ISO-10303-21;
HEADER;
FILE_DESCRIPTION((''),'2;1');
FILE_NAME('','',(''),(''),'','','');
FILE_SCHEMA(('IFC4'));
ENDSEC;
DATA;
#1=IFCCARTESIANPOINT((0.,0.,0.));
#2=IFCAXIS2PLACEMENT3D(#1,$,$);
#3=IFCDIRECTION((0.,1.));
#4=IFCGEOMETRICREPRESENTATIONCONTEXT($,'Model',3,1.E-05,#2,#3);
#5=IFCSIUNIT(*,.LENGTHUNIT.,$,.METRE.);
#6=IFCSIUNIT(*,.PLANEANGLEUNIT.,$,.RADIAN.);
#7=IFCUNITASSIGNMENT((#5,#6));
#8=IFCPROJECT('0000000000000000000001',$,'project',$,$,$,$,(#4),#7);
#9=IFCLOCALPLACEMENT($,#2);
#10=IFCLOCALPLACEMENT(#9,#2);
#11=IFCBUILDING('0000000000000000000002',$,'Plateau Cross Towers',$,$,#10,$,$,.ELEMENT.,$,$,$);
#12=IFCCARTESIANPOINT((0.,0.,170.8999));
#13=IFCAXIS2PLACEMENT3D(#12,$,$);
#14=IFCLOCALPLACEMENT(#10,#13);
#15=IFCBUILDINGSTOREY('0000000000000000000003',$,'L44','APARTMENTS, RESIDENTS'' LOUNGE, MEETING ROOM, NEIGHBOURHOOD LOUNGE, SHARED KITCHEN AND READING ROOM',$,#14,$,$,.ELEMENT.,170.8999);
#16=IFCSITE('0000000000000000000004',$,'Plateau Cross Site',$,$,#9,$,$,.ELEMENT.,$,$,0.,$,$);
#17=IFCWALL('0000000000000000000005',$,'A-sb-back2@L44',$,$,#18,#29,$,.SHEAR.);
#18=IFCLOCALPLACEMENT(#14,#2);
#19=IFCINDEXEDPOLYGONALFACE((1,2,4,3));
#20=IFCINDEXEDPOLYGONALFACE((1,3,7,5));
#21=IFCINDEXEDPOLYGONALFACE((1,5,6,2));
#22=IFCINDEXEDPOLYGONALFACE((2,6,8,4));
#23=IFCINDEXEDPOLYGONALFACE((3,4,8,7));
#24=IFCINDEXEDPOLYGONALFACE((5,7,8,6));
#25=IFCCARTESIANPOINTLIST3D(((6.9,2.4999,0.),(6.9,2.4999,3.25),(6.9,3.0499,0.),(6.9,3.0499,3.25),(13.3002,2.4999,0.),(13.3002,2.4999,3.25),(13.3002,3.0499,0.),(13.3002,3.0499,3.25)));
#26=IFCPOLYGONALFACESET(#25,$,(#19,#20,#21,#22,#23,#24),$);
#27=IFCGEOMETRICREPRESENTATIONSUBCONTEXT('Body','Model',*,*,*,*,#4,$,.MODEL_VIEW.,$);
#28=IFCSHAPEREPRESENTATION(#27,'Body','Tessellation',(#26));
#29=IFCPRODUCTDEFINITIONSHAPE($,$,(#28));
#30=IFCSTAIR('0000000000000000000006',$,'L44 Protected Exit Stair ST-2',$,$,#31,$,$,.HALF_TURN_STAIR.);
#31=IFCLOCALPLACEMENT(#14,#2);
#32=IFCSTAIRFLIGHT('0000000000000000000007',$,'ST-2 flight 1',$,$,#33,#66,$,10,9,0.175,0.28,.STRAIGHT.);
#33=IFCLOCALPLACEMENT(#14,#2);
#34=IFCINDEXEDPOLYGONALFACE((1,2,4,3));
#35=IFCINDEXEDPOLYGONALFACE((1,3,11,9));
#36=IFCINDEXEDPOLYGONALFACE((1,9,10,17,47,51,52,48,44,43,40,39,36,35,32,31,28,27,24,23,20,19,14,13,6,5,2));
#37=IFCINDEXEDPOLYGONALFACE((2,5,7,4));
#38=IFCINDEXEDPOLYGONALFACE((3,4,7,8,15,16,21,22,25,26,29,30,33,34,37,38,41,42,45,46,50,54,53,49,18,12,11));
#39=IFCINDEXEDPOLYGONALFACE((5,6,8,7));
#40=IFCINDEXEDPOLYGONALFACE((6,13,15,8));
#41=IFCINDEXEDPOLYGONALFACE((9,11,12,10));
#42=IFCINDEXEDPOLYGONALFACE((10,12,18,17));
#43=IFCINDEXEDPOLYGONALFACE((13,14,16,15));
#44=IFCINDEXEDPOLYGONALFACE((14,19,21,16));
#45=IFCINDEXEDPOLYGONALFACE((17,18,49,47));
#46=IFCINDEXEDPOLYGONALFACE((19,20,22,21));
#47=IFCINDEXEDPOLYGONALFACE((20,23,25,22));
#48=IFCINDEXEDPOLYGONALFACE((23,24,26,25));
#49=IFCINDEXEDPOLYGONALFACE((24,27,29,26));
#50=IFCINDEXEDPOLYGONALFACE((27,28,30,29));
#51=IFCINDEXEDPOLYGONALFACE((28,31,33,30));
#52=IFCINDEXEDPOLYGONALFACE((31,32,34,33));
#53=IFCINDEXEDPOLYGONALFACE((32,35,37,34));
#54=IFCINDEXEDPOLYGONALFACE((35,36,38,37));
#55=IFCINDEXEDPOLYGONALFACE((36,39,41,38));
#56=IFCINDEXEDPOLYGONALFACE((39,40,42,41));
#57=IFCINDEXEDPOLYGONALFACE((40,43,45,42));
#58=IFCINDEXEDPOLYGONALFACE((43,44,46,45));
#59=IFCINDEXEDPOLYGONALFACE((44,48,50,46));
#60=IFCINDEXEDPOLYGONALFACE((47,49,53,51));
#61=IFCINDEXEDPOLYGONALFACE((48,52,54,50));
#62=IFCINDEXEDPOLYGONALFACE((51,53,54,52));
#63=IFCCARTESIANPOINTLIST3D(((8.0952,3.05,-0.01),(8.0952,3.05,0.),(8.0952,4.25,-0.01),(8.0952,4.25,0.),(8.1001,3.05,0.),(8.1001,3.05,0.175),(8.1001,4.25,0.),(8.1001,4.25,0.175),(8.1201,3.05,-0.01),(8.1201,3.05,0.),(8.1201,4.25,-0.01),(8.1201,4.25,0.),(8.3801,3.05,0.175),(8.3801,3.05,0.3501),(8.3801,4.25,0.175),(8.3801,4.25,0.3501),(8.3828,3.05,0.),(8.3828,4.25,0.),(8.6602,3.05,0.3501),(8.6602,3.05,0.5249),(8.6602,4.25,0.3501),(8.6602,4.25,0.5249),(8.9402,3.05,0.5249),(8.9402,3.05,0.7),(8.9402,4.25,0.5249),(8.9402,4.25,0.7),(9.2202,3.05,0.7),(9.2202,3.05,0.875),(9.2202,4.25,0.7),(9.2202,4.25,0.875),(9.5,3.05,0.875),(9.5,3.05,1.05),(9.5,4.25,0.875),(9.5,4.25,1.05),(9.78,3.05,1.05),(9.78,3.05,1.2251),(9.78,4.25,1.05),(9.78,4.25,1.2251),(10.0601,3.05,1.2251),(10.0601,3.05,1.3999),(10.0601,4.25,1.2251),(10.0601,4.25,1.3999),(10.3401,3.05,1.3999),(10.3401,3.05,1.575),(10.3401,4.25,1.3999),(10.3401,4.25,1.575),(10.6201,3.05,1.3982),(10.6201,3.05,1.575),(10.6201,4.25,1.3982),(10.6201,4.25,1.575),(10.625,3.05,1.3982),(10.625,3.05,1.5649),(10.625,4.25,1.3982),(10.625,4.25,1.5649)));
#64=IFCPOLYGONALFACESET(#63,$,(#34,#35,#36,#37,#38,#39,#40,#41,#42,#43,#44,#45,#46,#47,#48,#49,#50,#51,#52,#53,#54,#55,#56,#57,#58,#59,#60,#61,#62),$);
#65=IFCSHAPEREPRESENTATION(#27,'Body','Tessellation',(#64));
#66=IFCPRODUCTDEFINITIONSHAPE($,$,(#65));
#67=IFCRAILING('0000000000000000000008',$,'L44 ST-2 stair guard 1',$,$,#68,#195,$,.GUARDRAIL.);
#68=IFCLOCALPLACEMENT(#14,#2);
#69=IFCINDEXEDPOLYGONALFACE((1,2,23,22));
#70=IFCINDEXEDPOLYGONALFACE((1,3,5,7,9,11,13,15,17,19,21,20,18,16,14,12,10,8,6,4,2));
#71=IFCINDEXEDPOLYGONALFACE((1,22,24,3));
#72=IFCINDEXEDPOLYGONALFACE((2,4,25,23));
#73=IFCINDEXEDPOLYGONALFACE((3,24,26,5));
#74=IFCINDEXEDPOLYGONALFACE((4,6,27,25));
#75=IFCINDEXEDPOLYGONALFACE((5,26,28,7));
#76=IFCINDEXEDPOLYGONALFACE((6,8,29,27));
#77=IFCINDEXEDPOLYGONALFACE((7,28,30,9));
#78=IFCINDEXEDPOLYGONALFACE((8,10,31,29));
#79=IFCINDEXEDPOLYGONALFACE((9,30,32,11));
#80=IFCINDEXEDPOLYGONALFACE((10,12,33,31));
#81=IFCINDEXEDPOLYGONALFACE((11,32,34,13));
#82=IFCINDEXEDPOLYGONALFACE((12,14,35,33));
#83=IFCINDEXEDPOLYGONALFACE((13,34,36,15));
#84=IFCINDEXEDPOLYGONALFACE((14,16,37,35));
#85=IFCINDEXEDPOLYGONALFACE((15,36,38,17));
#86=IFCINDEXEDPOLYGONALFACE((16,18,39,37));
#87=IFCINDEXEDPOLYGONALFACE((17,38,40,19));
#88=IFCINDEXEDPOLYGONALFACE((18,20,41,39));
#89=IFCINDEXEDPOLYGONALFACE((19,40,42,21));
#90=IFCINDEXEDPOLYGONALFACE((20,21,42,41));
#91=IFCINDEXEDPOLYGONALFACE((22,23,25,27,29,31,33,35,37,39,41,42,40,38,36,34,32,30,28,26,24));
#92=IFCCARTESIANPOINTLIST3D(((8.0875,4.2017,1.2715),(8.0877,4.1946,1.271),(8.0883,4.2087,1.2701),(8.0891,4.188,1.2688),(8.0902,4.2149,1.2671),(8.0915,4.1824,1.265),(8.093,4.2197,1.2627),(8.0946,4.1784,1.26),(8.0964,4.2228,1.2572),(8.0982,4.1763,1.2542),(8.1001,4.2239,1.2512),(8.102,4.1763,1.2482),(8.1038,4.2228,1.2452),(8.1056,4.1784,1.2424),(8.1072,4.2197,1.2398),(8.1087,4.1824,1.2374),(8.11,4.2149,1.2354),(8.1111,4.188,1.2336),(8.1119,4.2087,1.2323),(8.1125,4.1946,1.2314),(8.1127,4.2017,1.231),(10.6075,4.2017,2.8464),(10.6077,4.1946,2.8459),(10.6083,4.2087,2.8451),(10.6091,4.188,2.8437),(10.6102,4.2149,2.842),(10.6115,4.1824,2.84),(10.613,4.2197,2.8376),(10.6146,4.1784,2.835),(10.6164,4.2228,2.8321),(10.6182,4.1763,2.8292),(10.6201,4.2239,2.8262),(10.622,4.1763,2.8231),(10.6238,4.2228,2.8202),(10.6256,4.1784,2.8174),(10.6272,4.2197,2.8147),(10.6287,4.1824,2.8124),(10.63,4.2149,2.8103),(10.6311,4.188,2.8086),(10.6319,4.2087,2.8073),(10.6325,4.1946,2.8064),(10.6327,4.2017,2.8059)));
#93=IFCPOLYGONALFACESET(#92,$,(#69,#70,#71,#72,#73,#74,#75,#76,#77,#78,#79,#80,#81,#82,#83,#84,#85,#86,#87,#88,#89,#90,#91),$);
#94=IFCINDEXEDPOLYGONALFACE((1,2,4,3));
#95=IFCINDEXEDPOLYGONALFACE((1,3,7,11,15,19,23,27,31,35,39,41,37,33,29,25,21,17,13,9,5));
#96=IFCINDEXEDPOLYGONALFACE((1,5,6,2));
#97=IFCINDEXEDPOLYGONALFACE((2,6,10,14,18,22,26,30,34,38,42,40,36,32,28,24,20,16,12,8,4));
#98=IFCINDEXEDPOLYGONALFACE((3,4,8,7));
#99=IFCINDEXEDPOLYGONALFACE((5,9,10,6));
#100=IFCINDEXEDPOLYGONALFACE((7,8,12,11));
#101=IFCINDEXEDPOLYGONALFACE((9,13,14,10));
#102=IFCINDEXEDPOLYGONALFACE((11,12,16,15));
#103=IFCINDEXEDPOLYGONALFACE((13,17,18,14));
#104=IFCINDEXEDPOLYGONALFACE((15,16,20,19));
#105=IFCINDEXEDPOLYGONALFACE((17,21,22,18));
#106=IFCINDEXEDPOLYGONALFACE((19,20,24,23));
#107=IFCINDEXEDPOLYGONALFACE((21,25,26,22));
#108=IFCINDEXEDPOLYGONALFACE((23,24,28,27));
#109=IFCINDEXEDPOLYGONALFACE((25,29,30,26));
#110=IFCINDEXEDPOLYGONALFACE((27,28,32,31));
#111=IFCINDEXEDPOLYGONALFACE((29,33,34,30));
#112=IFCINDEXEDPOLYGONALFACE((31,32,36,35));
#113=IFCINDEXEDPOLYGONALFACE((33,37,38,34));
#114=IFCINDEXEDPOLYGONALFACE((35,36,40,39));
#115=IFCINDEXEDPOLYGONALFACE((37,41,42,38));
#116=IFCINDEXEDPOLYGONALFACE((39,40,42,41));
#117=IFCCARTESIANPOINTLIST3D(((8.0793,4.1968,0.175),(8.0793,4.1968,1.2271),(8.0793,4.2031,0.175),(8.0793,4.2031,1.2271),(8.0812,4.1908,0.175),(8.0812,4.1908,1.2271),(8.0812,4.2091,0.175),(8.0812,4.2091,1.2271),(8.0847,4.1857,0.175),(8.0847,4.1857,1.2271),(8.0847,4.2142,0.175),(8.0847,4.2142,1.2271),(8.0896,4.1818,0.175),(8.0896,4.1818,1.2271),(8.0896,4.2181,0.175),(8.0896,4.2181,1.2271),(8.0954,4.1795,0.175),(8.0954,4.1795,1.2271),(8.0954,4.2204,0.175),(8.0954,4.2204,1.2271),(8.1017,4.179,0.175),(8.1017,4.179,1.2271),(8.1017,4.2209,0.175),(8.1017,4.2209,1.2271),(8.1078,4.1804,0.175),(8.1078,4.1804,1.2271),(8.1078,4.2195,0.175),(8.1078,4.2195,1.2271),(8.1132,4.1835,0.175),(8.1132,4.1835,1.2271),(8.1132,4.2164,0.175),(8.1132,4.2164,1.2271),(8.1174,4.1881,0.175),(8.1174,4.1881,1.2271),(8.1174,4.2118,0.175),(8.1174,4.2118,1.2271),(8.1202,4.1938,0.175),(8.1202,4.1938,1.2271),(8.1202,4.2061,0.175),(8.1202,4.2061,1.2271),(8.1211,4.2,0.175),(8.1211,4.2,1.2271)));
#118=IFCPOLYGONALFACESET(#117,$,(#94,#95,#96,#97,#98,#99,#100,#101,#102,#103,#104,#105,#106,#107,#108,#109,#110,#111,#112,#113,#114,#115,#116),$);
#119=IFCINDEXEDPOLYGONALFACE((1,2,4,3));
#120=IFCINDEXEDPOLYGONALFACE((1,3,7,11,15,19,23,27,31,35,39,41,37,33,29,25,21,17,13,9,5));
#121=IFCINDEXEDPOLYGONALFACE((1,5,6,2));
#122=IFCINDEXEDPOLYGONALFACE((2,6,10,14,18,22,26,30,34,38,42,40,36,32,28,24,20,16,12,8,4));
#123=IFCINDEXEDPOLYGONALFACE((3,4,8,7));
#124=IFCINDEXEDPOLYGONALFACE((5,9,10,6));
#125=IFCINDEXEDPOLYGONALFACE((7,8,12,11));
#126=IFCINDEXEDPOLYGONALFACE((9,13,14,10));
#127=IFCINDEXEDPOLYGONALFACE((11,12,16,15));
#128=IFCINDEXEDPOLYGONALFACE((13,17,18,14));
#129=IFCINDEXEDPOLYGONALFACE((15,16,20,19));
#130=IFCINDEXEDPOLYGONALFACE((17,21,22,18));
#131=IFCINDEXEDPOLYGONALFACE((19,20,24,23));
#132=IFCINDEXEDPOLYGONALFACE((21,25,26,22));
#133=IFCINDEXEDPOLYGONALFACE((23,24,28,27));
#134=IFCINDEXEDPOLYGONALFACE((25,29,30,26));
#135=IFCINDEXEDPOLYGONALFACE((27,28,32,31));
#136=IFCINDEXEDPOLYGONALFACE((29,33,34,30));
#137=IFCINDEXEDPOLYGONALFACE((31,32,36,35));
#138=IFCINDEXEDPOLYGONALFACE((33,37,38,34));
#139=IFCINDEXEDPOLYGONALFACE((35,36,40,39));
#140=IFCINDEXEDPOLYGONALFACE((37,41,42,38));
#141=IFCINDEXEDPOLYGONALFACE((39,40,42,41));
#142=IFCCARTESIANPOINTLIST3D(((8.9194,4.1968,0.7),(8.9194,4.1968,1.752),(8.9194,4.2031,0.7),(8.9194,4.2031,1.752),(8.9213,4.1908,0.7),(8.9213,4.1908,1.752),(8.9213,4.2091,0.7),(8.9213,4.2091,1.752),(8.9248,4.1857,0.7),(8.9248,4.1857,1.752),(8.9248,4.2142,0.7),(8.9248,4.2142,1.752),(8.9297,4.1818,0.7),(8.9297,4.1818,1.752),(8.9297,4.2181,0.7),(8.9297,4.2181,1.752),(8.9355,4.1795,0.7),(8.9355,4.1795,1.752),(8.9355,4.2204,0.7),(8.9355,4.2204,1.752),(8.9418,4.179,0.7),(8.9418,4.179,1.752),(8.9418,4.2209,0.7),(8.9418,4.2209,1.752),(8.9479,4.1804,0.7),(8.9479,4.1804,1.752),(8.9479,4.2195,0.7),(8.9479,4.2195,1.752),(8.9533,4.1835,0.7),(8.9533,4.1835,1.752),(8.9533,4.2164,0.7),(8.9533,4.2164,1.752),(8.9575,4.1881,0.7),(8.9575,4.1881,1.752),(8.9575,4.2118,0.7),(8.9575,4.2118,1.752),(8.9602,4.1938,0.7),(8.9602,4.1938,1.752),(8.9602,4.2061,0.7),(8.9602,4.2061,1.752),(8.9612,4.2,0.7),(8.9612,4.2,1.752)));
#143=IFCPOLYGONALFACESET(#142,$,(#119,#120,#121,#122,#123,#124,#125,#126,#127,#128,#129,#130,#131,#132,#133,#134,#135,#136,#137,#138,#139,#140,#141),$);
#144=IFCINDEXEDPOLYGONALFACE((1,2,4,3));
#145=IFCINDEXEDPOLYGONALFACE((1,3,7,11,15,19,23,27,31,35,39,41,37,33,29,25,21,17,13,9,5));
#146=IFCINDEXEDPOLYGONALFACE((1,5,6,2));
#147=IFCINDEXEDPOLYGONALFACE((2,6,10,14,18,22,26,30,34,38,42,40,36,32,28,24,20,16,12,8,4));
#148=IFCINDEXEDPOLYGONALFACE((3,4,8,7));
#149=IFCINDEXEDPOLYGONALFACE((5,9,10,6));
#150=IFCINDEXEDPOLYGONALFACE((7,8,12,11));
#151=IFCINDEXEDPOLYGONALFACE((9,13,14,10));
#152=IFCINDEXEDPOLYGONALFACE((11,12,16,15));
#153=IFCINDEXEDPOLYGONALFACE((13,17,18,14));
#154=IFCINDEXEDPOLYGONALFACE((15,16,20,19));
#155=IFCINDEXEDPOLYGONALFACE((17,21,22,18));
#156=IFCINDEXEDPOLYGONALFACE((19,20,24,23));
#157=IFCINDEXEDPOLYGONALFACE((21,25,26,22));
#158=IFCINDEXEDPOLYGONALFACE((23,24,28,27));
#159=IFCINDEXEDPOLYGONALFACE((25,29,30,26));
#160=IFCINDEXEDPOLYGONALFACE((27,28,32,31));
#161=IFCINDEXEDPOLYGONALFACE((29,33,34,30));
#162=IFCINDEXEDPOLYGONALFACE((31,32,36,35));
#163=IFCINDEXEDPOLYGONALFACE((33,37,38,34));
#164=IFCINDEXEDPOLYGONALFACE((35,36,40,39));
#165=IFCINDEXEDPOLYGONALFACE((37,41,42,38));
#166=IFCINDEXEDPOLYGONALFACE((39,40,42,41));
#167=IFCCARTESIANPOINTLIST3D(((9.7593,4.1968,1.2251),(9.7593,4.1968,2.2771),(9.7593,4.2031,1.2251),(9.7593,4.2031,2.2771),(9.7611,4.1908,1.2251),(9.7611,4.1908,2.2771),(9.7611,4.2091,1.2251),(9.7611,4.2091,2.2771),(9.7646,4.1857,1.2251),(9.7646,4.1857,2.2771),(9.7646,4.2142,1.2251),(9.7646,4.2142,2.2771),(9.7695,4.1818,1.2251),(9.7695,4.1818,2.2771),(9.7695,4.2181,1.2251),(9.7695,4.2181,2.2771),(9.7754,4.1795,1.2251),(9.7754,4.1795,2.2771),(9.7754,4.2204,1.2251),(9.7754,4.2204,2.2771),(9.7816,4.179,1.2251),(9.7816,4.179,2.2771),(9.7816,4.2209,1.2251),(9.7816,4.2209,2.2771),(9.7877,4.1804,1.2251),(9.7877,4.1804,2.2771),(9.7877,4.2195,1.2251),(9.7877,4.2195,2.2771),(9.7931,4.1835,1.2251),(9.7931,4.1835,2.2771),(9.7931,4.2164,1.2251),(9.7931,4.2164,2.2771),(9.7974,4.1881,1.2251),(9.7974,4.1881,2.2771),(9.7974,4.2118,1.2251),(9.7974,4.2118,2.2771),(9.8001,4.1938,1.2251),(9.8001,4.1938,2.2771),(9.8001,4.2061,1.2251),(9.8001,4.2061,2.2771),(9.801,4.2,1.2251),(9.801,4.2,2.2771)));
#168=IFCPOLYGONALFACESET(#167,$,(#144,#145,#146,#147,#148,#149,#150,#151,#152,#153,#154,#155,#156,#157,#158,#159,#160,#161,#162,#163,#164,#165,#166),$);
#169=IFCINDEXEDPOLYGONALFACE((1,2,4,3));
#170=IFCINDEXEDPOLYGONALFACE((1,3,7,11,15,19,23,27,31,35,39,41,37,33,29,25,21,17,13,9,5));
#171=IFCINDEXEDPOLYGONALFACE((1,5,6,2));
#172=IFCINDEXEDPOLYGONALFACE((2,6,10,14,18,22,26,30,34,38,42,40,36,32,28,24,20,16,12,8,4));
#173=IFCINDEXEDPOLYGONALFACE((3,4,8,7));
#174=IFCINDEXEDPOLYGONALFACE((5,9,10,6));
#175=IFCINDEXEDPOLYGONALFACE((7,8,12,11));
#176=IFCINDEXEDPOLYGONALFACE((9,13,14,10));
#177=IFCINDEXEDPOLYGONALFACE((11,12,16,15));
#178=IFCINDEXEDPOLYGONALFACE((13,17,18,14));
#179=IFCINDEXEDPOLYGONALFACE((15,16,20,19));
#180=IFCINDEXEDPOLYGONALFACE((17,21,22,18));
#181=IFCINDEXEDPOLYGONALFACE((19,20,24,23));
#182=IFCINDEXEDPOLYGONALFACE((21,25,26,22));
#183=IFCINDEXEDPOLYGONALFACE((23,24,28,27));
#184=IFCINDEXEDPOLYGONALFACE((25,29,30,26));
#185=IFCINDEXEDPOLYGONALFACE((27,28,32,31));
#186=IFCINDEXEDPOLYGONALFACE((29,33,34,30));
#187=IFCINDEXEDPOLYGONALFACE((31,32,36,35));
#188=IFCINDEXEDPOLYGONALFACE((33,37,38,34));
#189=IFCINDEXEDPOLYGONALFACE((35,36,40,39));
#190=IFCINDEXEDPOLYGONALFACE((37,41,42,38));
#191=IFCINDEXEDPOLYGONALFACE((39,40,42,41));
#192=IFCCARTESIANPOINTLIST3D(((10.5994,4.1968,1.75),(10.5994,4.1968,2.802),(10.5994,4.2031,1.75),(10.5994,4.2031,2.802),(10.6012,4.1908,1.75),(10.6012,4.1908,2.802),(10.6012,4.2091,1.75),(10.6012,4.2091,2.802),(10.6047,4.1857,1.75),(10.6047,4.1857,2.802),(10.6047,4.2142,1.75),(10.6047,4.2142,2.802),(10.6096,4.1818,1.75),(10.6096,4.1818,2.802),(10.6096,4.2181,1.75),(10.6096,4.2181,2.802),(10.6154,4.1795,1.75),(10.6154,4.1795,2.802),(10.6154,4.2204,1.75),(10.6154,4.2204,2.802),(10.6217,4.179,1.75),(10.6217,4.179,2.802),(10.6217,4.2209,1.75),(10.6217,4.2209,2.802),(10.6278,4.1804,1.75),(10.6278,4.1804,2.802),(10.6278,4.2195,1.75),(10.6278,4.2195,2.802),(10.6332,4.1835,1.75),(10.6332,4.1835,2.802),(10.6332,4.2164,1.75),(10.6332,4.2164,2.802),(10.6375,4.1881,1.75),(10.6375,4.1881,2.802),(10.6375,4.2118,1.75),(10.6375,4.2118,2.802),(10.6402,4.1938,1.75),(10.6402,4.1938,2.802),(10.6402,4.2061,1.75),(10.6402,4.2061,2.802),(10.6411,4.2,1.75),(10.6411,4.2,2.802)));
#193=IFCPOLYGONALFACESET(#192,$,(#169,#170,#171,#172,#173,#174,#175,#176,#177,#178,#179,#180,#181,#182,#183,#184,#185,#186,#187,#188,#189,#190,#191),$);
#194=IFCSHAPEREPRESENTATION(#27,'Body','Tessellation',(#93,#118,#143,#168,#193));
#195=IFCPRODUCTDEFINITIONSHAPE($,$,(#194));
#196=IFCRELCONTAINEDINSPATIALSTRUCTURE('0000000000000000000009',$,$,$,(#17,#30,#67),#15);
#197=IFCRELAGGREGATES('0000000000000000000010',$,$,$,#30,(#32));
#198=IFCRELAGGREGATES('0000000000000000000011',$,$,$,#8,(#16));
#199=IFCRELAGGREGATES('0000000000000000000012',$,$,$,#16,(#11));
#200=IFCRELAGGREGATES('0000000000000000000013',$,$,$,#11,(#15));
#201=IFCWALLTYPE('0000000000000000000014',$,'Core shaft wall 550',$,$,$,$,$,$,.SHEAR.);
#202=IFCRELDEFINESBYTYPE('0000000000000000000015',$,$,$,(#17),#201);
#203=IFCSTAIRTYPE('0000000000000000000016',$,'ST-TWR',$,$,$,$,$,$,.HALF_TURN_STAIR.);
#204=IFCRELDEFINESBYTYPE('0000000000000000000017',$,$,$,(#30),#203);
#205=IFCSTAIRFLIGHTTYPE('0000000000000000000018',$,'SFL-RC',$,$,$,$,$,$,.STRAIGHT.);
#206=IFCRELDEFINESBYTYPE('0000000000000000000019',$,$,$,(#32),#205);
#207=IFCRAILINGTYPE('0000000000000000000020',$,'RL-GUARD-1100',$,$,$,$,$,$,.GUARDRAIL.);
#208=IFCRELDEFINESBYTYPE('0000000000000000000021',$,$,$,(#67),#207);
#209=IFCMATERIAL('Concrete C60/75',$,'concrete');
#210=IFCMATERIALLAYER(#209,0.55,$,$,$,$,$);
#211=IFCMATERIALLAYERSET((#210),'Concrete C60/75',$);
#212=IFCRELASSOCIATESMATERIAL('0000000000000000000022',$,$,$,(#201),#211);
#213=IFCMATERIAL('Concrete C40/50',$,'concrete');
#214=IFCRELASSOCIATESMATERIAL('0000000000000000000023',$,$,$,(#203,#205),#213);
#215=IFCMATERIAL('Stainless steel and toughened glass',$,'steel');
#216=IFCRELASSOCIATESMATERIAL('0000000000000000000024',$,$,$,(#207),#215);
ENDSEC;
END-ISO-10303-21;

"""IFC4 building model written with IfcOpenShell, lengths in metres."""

from ifc_helpers import new_model, si_unit, direction, frame, frame_2d, origin, origin_2d, place, context, subcontext, project, spatial, polyline, rectangle, circle, outline, extrude, material, layer, layer_set, type_object, element, aggregate, save


model = new_model("IFC4")

# Units and contexts
model_context = context("Model", 3, precision=1e-05, world=origin(), true_north=direction((0.0, 1.0)))
body_context = subcontext(model_context, "Body", "Model", "MODEL_VIEW")
ifc_project = project(units=[si_unit("LENGTHUNIT", "METRE"), si_unit("PLANEANGLEUNIT", "RADIAN")], contexts=[model_context])

# Site, building, storey
site_placement = place(None, origin())
site = spatial("IfcSite", under=ifc_project, at=site_placement, Name="Plateau Cross Site", CompositionType="ELEMENT", RefElevation=0.0)
building_placement = place(site_placement, origin())
building = spatial("IfcBuilding", under=site, at=building_placement, Name="Plateau Cross Towers", CompositionType="ELEMENT")
storey_placement = place(building_placement, frame((0.0, 0.0, 170.8999)))
storey = spatial("IfcBuildingStorey", under=building, at=storey_placement, Name="L44", Description="APARTMENTS, RESIDENTS' LOUNGE, MEETING ROOM, NEIGHBOURHOOD LOUNGE, SHARED KITCHEN AND READING ROOM", CompositionType="ELEMENT", Elevation=170.8999)

# Wall
ifc_material_1 = material(Name="Concrete C60/75", Category="concrete")
ifc_layer_1 = layer(ifc_material_1, 0.55)
ifc_layer_set_1 = layer_set([ifc_layer_1], Name="Concrete C60/75")
wall_type_1 = type_object("IfcWallType", Name="Core shaft wall 550", PredefinedType="SHEAR", material=ifc_layer_set_1)
wall_1_placement = place(storey_placement, frame((6.8999, 2.7749, 0.0), z_axis=(0.0, 0.0, 1.0), x_axis=(1.0, 0.0, 0.0)))
element("IfcWall", 1, at=wall_1_placement, inside=storey, type_object=wall_type_1, Name="A-sb-back2@L44", PredefinedType="SHEAR", context=body_context, shape_type="SweptSolid", body=[
    extrude(rectangle(XDim=6.4001, YDim=0.55, at=frame_2d((3.2002, 0.0))), origin(), (0.0, 0.0, 1.0), 3.25),
])

# Stair, stair flight
ifc_material_2 = material(Name="Concrete C40/50", Category="concrete")
stair_type = type_object("IfcStairType", Name="ST-TWR", PredefinedType="HALF_TURN_STAIR", material=ifc_material_2)
stair_placement = place(storey_placement, origin())
stair = element("IfcStair", 2, at=stair_placement, inside=storey, type_object=stair_type, Name="L44 Protected Exit Stair ST-2", PredefinedType="HALF_TURN_STAIR")
stair_flight_type = type_object("IfcStairFlightType", Name="SFL-RC", PredefinedType="STRAIGHT", material=ifc_material_2)
stair_flight_placement = place(storey_placement, frame((8.1001, 3.6499, 0.0), z_axis=(0.0, 0.0, 1.0), x_axis=(1.0, 0.0, 0.0)))
stair_flight = element("IfcStairFlight", 3, at=stair_flight_placement, type_object=stair_flight_type, Name="ST-2 flight 1", NumberOfRisers=10, NumberOfTreads=9, PredefinedType="STRAIGHT", RiserHeight=0.175, TreadLength=0.28, context=body_context, shape_type="SweptSolid", body=[
    extrude(outline(polyline([(-0.0049, -0.01), (-0.0049, 0.0), (0.0, 0.0), (0.0, 0.175), (0.28, 0.175), (0.28, 0.3501), (0.5601, 0.3501), (0.5601, 0.5249), (0.8401, 0.5249), (0.8401, 0.7), (1.1201, 0.7), (1.1201, 0.875), (1.3999, 0.875), (1.3999, 1.05), (1.6799, 1.05), (1.6799, 1.2251), (1.96, 1.2251), (1.96, 1.3999), (2.24, 1.3999), (2.24, 1.575), (2.52, 1.575), (2.5249, 1.5649), (2.5249, 1.3982), (2.52, 1.3982), (0.2827, 0.0), (0.02, 0.0), (0.02, -0.01), (-0.0049, -0.01)])), frame((0.0, 0.6001, 0.0), z_axis=(0.0, -1.0, 0.0), x_axis=(1.0, 0.0, 0.0)), (0.0, 0.0, 1.0), 1.2),
])
aggregate(stair, [stair_flight])

# Railing
ifc_material_3 = material(Name="Stainless steel and toughened glass", Category="steel")
railing_type_1 = type_object("IfcRailingType", Name="RL-GUARD-1100", PredefinedType="GUARDRAIL", material=ifc_material_3)
railing_1_placement = place(storey_placement, frame((8.1001, 4.2, 0.175)))
element("IfcRailing", 4, at=railing_1_placement, inside=storey, type_object=railing_type_1, Name="L44 ST-2 stair guard 1", PredefinedType="GUARDRAIL", context=body_context, shape_type="SweptSolid", body=[
    extrude(circle(Radius=0.0239, at=origin_2d()), frame((0.0, 0.0, 1.0762), z_axis=(0.848008, 0.0, 0.529984), x_axis=(0.0, 1.0, 0.0)), (0.0, 0.0, 1.0), 2.9717),
    extrude(circle(Radius=0.021, at=origin_2d()), origin(), (0.0, 0.0, 1.0), 1.052),
    extrude(circle(Radius=0.021, at=origin_2d()), frame((0.8401, 0.0, 0.5249)), (0.0, 0.0, 1.0), 1.052),
    extrude(circle(Radius=0.021, at=origin_2d()), frame((1.6799, 0.0, 1.05)), (0.0, 0.0, 1.0), 1.052),
    extrude(circle(Radius=0.021, at=origin_2d()), frame((2.52, 0.0, 1.575)), (0.0, 0.0, 1.0), 1.052),
])

save(model, "model.ifc")
